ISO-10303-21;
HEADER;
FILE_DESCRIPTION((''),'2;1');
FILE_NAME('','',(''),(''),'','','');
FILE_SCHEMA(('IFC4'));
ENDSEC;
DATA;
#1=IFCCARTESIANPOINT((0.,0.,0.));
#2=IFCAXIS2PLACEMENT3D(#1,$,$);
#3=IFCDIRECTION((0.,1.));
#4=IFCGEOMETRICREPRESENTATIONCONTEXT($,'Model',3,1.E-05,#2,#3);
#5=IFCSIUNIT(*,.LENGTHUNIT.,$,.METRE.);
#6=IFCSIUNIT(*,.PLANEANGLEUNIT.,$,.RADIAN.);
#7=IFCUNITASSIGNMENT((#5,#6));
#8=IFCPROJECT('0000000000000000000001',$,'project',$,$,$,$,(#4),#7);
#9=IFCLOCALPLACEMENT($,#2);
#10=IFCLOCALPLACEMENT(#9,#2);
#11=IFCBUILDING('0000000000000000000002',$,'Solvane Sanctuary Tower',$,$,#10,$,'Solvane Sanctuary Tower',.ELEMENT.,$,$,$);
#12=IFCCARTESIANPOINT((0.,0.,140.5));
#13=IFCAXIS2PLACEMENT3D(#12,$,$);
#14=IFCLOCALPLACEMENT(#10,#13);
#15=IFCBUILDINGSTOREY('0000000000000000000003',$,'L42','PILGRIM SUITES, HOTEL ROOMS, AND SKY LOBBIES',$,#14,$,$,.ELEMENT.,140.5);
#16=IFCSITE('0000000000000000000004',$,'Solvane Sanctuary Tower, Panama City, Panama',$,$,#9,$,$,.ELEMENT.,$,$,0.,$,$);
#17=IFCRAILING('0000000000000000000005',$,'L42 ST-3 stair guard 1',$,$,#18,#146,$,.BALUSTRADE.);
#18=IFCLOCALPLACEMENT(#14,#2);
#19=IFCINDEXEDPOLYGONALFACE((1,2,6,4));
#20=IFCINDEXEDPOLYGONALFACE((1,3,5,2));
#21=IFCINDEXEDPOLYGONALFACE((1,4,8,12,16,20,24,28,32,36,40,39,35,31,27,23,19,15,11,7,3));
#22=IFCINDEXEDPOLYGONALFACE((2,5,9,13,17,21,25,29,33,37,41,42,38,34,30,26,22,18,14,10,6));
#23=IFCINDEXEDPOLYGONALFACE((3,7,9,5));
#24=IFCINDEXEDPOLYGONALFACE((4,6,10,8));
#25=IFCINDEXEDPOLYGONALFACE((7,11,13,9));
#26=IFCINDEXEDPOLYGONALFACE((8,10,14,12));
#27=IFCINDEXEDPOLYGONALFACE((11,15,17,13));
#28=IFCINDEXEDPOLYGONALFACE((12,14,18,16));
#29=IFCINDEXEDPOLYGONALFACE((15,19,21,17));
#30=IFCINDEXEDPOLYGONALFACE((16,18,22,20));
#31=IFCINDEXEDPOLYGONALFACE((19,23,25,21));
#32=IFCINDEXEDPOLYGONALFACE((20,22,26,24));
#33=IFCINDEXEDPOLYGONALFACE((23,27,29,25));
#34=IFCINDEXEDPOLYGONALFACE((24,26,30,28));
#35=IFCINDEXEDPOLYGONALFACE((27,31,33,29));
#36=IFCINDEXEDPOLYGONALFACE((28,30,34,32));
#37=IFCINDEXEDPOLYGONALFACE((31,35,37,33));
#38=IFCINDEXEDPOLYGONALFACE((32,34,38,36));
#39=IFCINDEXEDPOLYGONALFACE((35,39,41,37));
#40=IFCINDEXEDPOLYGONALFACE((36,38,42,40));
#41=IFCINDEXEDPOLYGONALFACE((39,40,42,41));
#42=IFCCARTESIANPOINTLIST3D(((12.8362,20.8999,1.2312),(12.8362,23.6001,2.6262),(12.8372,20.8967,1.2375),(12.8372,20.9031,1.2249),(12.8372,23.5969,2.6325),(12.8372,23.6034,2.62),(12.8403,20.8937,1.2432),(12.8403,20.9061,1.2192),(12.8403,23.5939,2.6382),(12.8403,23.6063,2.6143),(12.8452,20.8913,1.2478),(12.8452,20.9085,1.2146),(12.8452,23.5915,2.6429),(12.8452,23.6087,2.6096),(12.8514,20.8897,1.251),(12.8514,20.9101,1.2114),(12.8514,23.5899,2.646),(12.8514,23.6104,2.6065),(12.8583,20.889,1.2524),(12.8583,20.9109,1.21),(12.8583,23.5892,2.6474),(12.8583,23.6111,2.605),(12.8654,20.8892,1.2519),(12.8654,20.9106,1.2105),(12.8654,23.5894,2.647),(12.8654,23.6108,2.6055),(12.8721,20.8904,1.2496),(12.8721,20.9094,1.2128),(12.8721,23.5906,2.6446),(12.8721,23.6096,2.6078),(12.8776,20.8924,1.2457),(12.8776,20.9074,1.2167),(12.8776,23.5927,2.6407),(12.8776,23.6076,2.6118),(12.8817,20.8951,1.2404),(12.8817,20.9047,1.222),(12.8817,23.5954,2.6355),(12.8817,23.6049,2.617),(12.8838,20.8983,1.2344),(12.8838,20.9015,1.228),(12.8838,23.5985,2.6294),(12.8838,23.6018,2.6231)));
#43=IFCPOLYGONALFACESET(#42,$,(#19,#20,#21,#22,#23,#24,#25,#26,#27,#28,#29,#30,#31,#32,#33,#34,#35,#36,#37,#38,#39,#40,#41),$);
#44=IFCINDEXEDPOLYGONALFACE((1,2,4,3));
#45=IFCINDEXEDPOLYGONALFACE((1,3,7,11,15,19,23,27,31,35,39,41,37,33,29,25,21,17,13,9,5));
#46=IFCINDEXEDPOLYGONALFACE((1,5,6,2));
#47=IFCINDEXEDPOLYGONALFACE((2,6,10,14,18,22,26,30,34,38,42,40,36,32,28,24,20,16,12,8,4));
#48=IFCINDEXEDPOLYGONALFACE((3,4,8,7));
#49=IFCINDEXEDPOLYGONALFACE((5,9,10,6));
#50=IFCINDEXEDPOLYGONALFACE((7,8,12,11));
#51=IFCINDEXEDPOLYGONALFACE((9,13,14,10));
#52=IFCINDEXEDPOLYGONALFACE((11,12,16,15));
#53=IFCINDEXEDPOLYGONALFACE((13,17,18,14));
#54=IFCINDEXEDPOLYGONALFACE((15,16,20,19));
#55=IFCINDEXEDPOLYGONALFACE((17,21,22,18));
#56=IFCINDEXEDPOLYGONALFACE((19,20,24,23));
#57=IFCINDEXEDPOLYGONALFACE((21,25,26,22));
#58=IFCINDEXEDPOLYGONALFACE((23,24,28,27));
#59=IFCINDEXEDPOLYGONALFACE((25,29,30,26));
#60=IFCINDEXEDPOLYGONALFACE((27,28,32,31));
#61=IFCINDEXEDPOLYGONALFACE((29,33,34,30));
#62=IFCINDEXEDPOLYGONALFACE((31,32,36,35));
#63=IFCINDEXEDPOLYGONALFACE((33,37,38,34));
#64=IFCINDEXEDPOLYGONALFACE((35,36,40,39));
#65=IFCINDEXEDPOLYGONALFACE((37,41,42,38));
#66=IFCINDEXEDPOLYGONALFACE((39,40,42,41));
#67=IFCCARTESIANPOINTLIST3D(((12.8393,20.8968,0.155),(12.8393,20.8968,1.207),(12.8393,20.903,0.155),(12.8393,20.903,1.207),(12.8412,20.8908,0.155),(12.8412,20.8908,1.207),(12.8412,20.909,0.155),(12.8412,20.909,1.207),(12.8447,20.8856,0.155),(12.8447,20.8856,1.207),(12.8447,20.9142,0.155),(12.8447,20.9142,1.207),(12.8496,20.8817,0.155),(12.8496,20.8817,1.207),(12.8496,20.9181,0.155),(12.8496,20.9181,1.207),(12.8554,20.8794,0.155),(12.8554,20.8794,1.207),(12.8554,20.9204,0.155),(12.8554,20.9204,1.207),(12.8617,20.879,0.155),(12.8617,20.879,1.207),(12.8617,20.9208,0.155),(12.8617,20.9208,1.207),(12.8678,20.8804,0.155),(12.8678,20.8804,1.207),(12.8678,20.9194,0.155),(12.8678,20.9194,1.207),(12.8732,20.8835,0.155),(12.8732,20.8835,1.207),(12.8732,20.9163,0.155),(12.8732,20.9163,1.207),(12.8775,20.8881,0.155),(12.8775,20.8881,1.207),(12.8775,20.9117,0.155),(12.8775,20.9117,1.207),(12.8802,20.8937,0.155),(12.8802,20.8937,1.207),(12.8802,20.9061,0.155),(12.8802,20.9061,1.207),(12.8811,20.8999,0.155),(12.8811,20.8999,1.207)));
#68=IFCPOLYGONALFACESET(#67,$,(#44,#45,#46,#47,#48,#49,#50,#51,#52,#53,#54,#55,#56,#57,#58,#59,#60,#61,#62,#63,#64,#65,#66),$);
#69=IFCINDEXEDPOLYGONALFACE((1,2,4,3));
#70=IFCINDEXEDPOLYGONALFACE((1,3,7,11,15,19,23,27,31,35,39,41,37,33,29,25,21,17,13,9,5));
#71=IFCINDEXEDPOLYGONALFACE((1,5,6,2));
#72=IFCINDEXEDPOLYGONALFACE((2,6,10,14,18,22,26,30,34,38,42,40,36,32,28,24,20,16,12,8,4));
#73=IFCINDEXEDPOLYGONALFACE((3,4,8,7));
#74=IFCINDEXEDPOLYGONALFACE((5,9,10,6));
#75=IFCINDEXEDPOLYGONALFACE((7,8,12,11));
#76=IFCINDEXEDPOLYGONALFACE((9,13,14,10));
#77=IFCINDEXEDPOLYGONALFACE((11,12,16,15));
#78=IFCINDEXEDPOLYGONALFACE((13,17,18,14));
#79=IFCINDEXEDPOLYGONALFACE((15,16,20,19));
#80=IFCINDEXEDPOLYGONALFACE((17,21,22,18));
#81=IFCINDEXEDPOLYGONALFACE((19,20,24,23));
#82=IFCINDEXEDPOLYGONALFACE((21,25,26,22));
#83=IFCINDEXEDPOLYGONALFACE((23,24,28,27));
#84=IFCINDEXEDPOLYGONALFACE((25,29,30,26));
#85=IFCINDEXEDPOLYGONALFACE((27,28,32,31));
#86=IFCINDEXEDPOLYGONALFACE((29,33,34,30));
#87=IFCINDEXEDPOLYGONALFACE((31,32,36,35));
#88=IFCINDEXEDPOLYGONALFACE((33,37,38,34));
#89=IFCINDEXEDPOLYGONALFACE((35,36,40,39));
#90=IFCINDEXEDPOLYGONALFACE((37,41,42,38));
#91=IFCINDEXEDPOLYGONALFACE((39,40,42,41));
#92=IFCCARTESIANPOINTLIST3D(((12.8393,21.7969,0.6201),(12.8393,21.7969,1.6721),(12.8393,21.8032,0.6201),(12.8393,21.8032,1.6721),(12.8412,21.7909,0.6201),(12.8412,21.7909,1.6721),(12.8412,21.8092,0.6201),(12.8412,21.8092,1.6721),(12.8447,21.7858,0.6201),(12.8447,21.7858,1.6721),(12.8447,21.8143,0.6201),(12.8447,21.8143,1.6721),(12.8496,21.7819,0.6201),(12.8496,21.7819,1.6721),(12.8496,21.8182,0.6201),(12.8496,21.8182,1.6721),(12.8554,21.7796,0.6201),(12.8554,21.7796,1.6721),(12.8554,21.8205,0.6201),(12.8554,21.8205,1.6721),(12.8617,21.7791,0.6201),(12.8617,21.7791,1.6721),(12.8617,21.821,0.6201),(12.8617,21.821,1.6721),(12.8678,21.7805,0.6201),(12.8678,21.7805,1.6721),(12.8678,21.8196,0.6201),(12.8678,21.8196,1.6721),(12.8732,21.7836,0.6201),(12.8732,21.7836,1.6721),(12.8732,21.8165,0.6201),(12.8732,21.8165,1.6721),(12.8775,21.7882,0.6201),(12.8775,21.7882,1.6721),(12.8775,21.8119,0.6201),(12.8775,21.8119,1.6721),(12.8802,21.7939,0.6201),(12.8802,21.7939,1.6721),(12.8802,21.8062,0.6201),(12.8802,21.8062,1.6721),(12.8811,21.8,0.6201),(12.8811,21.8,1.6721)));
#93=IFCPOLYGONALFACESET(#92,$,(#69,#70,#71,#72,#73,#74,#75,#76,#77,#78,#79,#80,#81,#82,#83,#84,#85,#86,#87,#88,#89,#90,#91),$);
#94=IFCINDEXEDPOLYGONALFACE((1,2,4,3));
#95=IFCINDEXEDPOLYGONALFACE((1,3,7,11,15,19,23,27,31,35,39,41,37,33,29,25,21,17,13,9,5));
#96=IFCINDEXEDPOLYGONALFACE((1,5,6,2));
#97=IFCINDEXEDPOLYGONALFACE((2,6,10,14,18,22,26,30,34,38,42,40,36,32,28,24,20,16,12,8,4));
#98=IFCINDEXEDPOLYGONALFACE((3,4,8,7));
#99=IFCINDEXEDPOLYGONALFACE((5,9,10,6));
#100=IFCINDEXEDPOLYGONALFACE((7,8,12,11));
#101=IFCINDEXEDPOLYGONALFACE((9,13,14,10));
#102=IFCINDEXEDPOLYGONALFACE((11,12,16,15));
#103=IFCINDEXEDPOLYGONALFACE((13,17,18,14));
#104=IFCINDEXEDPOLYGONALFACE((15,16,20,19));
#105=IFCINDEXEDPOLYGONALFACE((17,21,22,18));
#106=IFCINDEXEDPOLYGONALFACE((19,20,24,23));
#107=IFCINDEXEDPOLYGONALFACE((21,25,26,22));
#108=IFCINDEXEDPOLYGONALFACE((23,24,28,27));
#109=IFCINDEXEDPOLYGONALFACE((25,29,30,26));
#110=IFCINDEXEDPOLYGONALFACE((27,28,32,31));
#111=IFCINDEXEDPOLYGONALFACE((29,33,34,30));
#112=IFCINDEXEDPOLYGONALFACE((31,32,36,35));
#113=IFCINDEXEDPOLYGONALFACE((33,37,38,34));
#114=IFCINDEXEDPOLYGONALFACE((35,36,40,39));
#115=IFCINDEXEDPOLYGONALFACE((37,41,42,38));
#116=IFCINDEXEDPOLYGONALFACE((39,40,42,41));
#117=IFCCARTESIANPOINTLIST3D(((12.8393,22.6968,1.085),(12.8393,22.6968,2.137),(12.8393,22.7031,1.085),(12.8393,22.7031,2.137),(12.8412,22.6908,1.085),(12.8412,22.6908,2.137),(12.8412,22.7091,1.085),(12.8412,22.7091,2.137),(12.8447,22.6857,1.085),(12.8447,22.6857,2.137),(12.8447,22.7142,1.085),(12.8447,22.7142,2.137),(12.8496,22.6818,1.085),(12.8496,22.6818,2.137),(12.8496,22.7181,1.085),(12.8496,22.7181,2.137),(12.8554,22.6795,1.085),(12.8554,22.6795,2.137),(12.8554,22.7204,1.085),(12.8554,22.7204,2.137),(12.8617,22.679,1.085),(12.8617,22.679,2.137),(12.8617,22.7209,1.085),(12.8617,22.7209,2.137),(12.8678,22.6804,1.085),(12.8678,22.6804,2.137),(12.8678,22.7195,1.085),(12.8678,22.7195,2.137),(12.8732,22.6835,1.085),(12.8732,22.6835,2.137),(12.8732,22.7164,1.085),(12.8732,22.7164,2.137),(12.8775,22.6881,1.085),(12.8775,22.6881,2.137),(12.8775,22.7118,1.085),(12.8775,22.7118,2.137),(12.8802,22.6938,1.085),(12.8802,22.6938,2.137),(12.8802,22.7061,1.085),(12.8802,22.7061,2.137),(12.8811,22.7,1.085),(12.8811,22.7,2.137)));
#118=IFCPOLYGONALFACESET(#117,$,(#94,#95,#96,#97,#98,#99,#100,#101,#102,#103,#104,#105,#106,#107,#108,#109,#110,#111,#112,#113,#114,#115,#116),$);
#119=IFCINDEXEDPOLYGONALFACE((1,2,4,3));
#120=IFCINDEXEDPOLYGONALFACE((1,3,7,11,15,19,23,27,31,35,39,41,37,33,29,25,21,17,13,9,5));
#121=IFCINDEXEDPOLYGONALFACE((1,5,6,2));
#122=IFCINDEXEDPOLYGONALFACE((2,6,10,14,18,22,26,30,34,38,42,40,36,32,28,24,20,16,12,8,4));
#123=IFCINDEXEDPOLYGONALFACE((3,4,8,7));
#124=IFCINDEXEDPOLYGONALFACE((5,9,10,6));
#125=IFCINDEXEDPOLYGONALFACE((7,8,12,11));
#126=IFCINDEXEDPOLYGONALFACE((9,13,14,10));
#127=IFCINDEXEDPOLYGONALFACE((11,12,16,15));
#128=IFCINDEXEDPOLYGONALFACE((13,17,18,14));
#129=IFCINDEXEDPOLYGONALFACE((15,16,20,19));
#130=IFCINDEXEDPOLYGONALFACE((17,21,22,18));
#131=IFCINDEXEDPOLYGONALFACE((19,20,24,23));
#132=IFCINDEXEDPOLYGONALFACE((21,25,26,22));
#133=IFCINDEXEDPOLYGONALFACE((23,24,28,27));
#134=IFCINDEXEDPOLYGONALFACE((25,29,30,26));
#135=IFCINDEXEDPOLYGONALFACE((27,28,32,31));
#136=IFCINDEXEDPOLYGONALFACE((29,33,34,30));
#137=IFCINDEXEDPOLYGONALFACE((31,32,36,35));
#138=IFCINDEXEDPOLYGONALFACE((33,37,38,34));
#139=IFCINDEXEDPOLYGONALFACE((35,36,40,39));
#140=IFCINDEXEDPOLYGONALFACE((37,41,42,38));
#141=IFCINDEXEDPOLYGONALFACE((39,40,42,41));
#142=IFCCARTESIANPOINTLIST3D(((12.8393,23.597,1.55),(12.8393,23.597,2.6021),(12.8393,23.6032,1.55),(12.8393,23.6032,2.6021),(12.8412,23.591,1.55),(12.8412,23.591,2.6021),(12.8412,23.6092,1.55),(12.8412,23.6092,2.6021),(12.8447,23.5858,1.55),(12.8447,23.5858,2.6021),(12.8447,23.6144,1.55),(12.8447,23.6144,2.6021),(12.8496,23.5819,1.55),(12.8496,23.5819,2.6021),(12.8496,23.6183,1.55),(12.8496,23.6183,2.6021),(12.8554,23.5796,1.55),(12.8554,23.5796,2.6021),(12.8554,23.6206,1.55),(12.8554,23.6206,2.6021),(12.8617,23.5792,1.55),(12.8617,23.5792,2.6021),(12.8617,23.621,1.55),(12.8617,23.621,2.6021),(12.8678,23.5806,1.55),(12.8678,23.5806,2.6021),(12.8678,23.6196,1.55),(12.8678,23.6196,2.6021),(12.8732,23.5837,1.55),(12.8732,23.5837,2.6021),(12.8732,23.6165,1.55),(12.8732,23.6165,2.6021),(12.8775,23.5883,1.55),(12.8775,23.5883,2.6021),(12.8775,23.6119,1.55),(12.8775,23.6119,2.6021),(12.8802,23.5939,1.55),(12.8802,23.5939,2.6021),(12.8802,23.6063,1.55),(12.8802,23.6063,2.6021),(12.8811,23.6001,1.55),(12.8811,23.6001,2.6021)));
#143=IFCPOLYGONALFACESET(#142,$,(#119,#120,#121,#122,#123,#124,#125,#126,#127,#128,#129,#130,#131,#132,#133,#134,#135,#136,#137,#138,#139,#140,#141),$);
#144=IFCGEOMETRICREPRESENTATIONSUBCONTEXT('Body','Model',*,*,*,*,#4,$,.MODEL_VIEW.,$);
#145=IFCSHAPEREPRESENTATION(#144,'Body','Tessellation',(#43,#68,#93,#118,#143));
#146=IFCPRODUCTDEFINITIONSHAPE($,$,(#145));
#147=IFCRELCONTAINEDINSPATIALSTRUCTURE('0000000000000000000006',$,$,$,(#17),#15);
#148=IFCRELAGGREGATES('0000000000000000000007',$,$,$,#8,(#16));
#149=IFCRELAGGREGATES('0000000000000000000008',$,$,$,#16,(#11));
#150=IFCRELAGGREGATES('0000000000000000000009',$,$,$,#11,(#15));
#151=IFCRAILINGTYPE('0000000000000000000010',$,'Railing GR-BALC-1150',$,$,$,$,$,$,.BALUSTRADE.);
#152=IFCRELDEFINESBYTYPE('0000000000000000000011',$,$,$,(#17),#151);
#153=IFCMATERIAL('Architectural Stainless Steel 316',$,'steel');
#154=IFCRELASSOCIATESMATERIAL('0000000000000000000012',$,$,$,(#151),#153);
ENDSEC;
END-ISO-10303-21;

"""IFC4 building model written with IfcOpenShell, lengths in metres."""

from ifc_helpers import new_model, si_unit, direction, frame, origin, origin_2d, place, context, subcontext, project, spatial, circle, extrude, material, type_object, element, save


model = new_model("IFC4")

# Units and contexts
model_context = context("Model", 3, precision=1e-05, world=origin(), true_north=direction((0.0, 1.0)))
body_context = subcontext(model_context, "Body", "Model", "MODEL_VIEW")
ifc_project = project(units=[si_unit("LENGTHUNIT", "METRE"), si_unit("PLANEANGLEUNIT", "RADIAN")], contexts=[model_context])

# Site, building, storey
site_placement = place(None, origin())
site = spatial("IfcSite", under=ifc_project, at=site_placement, Name="Solvane Sanctuary Tower, Panama City, Panama", CompositionType="ELEMENT", RefElevation=0.0)
building_placement = place(site_placement, origin())
building = spatial("IfcBuilding", under=site, at=building_placement, Name="Solvane Sanctuary Tower", LongName="Solvane Sanctuary Tower", CompositionType="ELEMENT")
storey_placement = place(building_placement, frame((0.0, 0.0, 140.5)))
storey = spatial("IfcBuildingStorey", under=building, at=storey_placement, Name="L42", Description="PILGRIM SUITES, HOTEL ROOMS, AND SKY LOBBIES", CompositionType="ELEMENT", Elevation=140.5)

# Shared definitions
ifc_material_1 = material(Name="Architectural Stainless Steel 316", Category="steel")

# Railing
railing_type = type_object("IfcRailingType", Name="Railing GR-BALC-1150", PredefinedType="BALUSTRADE", material=ifc_material_1)
railing_1_placement = place(storey_placement, frame((12.8601, 20.8999, 0.155)))
element("IfcRailing", 1, at=railing_1_placement, inside=storey, type_object=railing_type, Name="L42 ST-3 stair guard 1", PredefinedType="BALUSTRADE", context=body_context, shape_type="SweptSolid", body=[
    extrude(circle(Radius=0.0239, at=origin_2d()), frame((0.0, 0.0, 1.0762), z_axis=(0.0, 0.888437, 0.458999), x_axis=(-1.0, 0.0, 0.0)), (0.0, 0.0, 1.0), 3.0393),
    extrude(circle(Radius=0.021, at=origin_2d()), origin(), (0.0, 0.0, 1.0), 1.052),
    extrude(circle(Radius=0.021, at=origin_2d()), frame((0.0, 0.9001, 0.4651)), (0.0, 0.0, 1.0), 1.052),
    extrude(circle(Radius=0.021, at=origin_2d()), frame((0.0, 1.8, 0.9299)), (0.0, 0.0, 1.0), 1.052),
    extrude(circle(Radius=0.021, at=origin_2d()), frame((0.0, 2.7002, 1.395)), (0.0, 0.0, 1.0), 1.052),
])

save(model, "model.ifc")
